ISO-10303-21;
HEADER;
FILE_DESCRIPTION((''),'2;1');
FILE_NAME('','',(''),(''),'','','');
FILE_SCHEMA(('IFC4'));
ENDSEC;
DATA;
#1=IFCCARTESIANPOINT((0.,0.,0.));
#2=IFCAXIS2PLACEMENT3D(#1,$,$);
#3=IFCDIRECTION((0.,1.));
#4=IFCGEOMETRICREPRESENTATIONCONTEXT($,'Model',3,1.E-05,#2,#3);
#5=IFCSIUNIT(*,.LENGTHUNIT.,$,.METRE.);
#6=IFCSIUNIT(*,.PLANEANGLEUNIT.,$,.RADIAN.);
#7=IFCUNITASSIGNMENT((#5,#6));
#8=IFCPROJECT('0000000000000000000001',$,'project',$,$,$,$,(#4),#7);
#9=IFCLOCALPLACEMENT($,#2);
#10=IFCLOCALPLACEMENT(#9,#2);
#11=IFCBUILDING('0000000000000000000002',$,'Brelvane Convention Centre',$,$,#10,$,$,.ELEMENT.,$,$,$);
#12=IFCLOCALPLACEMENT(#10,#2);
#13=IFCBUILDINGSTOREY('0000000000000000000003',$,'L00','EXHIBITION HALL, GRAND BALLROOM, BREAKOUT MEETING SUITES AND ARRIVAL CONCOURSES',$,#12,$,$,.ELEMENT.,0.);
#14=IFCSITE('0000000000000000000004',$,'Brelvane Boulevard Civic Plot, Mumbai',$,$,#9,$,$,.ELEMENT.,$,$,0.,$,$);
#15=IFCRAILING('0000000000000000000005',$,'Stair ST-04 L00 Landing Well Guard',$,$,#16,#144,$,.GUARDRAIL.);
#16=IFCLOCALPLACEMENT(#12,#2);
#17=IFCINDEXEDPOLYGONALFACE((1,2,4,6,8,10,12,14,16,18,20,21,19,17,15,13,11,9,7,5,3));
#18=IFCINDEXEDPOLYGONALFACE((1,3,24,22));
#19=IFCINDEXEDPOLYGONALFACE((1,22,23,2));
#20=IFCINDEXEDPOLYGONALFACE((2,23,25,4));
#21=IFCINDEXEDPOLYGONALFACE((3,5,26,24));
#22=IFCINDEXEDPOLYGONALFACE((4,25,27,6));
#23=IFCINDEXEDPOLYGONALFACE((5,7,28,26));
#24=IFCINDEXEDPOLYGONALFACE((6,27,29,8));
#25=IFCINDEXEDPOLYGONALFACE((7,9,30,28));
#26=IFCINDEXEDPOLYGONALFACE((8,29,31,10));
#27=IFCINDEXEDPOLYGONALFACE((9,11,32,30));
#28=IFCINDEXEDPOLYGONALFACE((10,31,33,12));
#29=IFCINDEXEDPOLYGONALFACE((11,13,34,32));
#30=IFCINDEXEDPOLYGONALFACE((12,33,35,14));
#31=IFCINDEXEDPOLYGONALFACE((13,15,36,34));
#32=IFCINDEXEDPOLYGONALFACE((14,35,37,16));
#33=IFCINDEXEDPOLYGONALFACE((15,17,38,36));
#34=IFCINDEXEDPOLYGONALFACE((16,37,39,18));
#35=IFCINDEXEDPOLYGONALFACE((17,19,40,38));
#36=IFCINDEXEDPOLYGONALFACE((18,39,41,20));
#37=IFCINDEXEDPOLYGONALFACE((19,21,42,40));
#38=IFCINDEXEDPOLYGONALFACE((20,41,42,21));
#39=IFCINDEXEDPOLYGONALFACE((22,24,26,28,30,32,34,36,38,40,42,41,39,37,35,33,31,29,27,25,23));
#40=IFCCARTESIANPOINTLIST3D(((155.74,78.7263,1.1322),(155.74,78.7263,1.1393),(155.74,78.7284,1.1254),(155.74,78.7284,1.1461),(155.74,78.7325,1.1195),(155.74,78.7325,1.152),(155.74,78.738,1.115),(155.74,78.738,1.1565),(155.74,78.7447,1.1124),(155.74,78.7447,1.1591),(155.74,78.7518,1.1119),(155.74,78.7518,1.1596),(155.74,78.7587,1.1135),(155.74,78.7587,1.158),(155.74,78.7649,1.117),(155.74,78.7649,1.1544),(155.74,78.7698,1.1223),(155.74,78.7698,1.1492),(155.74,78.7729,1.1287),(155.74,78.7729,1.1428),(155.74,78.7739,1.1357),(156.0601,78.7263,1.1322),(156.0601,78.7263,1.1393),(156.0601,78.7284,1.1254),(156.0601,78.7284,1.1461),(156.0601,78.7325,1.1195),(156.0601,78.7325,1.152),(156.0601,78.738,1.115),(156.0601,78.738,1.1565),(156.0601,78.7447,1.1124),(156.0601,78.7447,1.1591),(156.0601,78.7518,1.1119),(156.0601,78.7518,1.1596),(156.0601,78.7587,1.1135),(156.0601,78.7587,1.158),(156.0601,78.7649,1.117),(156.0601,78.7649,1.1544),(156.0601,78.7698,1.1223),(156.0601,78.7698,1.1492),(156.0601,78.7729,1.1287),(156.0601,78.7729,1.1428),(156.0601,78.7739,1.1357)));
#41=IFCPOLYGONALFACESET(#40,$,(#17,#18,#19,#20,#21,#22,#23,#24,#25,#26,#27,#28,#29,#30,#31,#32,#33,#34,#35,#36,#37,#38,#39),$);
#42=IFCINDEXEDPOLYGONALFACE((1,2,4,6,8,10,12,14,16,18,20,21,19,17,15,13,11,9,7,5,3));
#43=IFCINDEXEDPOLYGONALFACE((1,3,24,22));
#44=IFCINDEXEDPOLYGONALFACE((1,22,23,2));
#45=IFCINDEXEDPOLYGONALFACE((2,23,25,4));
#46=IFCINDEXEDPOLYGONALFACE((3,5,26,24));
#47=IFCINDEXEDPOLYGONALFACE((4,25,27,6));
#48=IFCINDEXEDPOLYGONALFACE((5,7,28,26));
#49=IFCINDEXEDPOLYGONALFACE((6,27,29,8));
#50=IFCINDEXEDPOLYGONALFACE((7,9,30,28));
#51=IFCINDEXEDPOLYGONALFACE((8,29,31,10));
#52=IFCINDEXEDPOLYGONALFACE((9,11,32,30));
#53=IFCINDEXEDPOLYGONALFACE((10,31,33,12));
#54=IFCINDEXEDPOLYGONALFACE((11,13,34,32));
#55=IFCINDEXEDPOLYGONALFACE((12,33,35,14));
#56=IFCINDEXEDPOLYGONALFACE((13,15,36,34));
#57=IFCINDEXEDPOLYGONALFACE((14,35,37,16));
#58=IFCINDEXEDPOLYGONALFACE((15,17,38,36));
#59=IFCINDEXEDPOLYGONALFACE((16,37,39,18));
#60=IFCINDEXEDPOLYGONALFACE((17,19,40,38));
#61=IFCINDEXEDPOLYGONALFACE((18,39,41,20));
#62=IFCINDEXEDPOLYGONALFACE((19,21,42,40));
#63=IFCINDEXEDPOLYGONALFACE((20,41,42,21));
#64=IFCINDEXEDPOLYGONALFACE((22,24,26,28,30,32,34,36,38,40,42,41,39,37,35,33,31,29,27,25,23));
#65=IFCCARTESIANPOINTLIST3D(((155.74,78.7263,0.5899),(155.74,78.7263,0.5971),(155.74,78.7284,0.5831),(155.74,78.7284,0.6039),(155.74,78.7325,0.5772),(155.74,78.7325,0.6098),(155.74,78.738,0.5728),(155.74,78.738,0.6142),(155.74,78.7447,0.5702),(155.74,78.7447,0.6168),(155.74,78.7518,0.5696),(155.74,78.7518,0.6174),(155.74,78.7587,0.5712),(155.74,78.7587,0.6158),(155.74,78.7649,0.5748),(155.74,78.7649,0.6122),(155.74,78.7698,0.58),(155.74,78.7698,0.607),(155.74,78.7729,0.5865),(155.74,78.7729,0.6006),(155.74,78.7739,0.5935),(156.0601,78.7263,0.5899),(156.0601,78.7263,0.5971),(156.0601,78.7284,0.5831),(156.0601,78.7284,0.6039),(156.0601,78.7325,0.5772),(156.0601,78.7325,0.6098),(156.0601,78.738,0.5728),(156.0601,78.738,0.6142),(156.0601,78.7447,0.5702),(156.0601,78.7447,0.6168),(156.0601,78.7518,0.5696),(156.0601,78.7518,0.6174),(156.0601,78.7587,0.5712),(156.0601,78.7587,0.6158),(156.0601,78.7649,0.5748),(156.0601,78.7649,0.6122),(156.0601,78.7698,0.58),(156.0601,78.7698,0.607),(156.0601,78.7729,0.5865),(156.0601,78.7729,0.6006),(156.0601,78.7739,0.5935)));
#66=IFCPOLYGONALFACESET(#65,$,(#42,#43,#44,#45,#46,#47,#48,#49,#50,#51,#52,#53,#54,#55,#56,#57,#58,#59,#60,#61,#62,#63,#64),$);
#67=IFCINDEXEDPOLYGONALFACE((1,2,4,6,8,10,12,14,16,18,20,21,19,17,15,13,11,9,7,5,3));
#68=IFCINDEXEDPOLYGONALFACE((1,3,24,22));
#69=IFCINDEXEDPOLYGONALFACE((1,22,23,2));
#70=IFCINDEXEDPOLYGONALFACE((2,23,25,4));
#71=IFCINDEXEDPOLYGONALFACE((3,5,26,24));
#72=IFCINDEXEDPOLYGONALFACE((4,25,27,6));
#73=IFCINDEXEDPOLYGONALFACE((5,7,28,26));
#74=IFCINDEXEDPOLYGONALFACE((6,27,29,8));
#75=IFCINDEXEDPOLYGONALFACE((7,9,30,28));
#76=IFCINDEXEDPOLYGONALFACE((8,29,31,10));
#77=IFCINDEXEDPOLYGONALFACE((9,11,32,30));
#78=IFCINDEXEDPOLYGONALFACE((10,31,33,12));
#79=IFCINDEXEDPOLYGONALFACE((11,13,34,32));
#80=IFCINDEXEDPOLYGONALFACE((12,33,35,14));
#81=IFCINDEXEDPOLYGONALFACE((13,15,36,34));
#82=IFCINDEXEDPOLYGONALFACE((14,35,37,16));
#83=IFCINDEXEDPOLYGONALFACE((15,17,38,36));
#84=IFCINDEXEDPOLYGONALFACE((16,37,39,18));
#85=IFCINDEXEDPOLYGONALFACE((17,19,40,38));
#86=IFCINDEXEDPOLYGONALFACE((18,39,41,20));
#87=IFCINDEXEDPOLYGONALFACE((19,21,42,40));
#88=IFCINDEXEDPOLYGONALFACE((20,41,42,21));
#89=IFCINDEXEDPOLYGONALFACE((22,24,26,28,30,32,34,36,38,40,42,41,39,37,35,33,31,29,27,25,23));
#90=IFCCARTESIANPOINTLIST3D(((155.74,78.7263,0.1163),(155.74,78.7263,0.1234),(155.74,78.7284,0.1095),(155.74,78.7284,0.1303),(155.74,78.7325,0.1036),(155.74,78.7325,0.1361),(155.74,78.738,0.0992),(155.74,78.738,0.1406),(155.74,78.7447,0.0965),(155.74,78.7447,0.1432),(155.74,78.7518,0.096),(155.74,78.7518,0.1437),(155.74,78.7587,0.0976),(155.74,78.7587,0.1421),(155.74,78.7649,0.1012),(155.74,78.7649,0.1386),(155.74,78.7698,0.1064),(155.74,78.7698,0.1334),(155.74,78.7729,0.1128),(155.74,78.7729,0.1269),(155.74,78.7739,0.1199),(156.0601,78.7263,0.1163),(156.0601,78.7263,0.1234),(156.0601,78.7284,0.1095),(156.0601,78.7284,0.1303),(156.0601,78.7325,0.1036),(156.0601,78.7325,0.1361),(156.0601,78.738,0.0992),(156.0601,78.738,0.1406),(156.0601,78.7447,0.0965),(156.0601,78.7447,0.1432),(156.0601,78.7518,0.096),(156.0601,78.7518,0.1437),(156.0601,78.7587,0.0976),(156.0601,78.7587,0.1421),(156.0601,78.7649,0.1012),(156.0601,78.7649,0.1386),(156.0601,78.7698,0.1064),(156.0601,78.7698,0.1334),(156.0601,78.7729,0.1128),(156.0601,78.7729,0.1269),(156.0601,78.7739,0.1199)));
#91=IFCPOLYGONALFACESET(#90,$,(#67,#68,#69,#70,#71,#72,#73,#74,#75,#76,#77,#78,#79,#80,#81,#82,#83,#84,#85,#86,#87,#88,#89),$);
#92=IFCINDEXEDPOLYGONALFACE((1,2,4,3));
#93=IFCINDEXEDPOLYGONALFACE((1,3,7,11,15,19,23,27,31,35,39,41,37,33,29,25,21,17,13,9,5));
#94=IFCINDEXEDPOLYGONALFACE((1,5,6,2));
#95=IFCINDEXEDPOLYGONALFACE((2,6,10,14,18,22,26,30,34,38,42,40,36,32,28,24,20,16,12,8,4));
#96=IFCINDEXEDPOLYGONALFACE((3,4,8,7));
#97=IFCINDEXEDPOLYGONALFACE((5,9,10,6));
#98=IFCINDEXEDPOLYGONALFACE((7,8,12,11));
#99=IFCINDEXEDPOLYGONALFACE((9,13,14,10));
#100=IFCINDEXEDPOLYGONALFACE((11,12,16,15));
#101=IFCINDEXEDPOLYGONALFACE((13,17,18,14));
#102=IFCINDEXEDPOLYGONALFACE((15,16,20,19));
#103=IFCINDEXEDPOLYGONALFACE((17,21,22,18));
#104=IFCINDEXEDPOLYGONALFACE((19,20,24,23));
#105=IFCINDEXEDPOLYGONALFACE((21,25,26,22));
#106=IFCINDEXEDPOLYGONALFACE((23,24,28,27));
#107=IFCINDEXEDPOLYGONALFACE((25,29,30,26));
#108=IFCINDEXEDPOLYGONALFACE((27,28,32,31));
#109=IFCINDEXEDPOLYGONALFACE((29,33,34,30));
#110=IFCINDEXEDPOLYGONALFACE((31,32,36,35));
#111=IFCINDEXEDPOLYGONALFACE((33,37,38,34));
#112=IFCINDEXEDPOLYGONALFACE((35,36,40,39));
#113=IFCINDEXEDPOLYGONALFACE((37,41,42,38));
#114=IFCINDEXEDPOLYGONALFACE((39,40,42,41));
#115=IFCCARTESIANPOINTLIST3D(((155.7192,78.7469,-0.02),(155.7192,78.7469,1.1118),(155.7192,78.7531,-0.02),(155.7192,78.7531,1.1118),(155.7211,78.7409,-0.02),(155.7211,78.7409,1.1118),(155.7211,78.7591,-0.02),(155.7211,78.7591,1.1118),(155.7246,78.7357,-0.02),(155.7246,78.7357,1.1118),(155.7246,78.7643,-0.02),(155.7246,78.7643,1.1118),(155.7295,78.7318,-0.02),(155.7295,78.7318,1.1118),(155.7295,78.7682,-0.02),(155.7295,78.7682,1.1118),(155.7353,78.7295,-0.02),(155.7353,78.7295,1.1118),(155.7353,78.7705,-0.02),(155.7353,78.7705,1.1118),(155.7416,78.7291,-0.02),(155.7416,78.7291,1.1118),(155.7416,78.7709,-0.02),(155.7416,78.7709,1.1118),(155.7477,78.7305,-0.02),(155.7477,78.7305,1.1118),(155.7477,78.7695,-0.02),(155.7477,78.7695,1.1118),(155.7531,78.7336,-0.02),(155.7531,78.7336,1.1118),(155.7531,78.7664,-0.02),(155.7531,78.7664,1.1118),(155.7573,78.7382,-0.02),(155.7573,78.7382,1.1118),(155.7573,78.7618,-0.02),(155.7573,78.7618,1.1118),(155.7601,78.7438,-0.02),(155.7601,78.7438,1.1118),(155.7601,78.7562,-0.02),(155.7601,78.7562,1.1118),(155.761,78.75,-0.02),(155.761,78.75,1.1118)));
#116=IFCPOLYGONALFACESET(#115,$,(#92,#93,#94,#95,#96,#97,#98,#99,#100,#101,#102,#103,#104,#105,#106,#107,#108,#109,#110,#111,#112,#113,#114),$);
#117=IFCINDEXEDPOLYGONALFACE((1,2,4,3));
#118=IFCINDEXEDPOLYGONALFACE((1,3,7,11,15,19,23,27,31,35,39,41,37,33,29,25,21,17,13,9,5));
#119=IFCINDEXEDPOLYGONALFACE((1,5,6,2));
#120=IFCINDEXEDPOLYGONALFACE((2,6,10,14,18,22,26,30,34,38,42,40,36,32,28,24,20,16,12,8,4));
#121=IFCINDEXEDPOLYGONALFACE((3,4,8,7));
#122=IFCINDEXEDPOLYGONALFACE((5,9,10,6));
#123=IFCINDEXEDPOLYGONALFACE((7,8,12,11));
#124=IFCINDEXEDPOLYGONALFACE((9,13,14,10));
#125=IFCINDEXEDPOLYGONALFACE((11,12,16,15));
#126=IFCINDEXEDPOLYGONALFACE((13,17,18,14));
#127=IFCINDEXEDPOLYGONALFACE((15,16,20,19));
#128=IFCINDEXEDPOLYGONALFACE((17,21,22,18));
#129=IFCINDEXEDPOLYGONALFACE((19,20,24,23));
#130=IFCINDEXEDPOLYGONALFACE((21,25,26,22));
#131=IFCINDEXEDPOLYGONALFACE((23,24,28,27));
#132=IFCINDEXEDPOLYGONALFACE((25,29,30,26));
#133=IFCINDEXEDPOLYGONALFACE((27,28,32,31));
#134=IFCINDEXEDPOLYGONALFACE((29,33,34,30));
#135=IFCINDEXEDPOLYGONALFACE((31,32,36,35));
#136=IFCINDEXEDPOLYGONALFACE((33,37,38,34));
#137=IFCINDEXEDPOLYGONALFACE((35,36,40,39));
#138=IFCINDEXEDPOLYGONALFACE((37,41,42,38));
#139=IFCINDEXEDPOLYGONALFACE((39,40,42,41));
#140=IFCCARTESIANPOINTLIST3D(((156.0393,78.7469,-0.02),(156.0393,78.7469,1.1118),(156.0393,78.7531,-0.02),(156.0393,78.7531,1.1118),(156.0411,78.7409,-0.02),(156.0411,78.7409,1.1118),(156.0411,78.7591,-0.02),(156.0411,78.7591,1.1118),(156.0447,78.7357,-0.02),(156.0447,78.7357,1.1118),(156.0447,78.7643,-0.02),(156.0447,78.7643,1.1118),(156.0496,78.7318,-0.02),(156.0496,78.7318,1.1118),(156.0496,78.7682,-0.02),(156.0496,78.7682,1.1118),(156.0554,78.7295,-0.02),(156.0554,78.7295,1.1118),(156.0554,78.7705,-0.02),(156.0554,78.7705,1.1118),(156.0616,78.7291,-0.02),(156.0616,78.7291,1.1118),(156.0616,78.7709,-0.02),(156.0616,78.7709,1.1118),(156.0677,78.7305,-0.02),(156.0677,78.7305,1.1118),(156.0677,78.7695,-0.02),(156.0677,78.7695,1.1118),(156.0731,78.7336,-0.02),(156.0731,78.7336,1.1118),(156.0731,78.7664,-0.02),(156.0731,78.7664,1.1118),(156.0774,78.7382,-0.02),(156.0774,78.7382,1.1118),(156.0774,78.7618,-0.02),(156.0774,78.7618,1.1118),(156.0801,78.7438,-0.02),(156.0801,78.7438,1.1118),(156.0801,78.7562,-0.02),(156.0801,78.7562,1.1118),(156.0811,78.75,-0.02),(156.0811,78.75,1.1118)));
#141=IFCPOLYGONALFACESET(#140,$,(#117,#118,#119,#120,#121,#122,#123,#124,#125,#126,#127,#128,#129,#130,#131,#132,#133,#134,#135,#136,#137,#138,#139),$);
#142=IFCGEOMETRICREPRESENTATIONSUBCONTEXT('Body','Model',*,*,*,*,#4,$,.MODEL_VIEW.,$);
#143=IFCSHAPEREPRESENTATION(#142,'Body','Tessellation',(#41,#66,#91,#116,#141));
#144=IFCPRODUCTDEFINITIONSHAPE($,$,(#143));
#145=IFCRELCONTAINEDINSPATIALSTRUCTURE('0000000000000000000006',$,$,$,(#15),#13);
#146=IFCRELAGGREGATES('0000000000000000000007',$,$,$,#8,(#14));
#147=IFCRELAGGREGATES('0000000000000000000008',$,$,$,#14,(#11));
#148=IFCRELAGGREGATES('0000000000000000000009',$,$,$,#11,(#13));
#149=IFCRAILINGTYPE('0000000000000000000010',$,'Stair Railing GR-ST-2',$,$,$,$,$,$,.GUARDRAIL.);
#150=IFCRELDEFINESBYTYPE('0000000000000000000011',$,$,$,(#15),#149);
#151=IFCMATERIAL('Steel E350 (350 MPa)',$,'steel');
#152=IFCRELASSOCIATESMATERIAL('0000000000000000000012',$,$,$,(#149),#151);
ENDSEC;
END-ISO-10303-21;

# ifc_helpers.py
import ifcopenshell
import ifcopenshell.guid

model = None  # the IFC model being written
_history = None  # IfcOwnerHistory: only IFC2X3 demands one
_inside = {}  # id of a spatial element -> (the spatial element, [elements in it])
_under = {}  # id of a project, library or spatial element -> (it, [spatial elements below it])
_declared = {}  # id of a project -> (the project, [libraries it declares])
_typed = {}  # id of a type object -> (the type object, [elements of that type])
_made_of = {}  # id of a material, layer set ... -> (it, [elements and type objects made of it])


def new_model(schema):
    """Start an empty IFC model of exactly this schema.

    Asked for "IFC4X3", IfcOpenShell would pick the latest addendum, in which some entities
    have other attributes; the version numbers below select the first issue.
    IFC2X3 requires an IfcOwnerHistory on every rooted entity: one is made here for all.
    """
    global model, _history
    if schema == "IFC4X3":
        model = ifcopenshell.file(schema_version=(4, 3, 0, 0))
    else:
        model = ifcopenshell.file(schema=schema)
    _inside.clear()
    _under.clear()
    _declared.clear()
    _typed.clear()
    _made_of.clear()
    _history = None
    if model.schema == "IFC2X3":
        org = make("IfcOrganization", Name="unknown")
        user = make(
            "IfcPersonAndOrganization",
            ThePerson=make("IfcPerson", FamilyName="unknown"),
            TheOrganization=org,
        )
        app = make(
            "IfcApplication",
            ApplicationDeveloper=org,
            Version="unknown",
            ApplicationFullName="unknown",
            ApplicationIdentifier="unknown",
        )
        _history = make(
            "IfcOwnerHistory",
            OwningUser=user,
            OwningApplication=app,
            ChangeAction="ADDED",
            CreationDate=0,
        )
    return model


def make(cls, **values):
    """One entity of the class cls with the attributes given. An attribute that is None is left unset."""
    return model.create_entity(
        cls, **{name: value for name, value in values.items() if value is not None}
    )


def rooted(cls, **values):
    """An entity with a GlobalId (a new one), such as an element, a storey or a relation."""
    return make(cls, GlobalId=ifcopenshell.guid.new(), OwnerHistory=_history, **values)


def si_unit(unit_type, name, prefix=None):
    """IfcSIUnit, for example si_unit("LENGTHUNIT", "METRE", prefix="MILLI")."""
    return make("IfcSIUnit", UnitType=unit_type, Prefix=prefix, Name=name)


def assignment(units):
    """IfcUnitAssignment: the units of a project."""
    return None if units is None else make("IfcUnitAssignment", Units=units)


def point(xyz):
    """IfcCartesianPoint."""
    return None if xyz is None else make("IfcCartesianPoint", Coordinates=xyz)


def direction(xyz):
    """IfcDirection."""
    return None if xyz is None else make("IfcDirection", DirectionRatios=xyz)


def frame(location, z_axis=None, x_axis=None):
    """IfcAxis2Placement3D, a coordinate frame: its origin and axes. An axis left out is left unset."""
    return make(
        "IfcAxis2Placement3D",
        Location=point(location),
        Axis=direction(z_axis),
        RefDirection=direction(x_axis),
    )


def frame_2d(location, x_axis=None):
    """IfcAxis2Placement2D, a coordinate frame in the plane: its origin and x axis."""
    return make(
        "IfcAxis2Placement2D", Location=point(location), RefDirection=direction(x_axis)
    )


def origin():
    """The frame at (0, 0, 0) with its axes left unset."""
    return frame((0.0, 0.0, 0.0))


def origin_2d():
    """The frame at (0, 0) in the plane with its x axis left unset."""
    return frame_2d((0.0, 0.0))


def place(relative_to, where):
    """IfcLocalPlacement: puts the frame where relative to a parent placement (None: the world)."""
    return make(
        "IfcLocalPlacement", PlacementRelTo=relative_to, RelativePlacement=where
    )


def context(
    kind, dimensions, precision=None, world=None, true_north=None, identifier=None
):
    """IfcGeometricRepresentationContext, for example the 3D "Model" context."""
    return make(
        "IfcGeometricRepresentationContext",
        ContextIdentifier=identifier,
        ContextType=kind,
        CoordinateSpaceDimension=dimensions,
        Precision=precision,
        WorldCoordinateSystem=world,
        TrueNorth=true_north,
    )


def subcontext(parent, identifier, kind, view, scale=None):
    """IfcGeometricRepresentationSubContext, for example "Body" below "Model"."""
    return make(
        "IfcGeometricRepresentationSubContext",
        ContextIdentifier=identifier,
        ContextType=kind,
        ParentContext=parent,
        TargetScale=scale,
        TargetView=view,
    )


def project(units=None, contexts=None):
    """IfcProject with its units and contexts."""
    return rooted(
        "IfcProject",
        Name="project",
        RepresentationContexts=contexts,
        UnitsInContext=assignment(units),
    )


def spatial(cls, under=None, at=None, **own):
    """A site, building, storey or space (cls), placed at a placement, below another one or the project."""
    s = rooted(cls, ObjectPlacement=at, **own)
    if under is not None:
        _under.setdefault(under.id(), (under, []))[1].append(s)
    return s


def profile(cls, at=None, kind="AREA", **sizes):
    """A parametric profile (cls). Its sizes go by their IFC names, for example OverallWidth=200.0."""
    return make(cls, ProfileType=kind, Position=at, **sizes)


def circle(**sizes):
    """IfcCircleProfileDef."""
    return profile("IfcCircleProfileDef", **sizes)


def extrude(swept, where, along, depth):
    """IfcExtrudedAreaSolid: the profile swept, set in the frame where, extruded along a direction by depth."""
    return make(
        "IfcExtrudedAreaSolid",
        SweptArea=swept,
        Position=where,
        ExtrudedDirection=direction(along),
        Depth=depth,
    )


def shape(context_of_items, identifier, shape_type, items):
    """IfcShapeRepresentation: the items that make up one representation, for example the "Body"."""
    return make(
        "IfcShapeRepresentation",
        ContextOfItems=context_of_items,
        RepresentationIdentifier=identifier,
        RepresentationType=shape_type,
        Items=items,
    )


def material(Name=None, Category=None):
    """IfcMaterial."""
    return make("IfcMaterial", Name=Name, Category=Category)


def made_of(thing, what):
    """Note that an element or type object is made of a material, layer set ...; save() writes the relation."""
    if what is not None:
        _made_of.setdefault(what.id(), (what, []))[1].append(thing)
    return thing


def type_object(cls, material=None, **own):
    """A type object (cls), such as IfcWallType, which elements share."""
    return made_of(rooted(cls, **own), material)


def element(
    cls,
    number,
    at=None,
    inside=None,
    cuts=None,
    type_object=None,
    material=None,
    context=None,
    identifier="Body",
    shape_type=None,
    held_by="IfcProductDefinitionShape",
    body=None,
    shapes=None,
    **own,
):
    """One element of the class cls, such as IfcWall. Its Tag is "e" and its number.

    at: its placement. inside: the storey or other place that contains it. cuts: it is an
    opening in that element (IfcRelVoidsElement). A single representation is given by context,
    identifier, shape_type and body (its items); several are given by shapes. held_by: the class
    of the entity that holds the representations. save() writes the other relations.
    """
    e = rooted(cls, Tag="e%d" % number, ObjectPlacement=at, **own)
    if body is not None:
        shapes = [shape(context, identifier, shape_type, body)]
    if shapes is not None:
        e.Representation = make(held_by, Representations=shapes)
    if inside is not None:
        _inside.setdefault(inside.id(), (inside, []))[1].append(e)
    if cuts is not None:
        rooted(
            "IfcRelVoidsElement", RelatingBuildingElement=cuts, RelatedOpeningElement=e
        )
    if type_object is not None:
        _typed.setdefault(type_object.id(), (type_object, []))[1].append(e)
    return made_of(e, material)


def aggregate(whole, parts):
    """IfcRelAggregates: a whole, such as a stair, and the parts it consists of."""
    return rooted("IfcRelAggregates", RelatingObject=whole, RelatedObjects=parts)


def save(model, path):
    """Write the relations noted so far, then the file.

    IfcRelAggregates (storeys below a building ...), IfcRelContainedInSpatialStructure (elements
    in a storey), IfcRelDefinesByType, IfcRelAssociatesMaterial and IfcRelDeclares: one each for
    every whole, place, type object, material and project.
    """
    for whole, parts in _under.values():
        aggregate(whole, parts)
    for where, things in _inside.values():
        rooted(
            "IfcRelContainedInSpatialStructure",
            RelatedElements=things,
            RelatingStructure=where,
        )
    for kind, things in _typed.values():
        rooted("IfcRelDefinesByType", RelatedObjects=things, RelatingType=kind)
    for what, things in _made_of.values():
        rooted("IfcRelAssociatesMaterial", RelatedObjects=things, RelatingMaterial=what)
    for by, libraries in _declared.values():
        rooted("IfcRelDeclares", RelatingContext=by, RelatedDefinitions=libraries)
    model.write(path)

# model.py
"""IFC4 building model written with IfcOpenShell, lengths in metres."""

from ifc_helpers import new_model, si_unit, direction, frame, origin, origin_2d, place, context, subcontext, project, spatial, circle, extrude, material, type_object, element, save


model = new_model("IFC4")

# Units and contexts
model_context = context("Model", 3, precision=1e-05, world=origin(), true_north=direction((0.0, 1.0)))
body_context = subcontext(model_context, "Body", "Model", "MODEL_VIEW")
ifc_project = project(units=[si_unit("LENGTHUNIT", "METRE"), si_unit("PLANEANGLEUNIT", "RADIAN")], contexts=[model_context])

# Site, building, storey
site_placement = place(None, origin())
site = spatial("IfcSite", under=ifc_project, at=site_placement, Name="Brelvane Boulevard Civic Plot, Mumbai", CompositionType="ELEMENT", RefElevation=0.0)
building_placement = place(site_placement, origin())
building = spatial("IfcBuilding", under=site, at=building_placement, Name="Brelvane Convention Centre", CompositionType="ELEMENT")
storey_placement = place(building_placement, origin())
storey = spatial("IfcBuildingStorey", under=building, at=storey_placement, Name="L00", Description="EXHIBITION HALL, GRAND BALLROOM, BREAKOUT MEETING SUITES AND ARRIVAL CONCOURSES", CompositionType="ELEMENT", Elevation=0.0)

# Railing
ifc_material_1 = material(Name="Steel E350 (350 MPa)", Category="steel")
railing_type_1 = type_object("IfcRailingType", Name="Stair Railing GR-ST-2", PredefinedType="GUARDRAIL", material=ifc_material_1)
railing_1_placement = place(storey_placement, frame((155.74, 78.75, -0.02)))
element("IfcRailing", 1, at=railing_1_placement, inside=storey, type_object=railing_type_1, Name="Stair ST-04 L00 Landing Well Guard", PredefinedType="GUARDRAIL", context=body_context, shape_type="SweptSolid", body=[
    extrude(circle(Radius=0.0239, at=origin_2d()), frame((0.0, 0.0, 1.1558), z_axis=(1.0, 0.0, 0.0), x_axis=(0.0, 1.0, 0.0)), (0.0, 0.0, 1.0), 0.3201),
    extrude(circle(Radius=0.0239, at=origin_2d()), frame((0.0, 0.0, 0.6135), z_axis=(1.0, 0.0, 0.0), x_axis=(0.0, 1.0, 0.0)), (0.0, 0.0, 1.0), 0.3201),
    extrude(circle(Radius=0.0239, at=origin_2d()), frame((0.0, 0.0, 0.1399), z_axis=(1.0, 0.0, 0.0), x_axis=(0.0, 1.0, 0.0)), (0.0, 0.0, 1.0), 0.3201),
    extrude(circle(Radius=0.021, at=origin_2d()), origin(), (0.0, 0.0, 1.0), 1.1318),
    extrude(circle(Radius=0.021, at=origin_2d()), frame((0.3201, 0.0, 0.0)), (0.0, 0.0, 1.0), 1.1318),
])

save(model, "model.ifc")
